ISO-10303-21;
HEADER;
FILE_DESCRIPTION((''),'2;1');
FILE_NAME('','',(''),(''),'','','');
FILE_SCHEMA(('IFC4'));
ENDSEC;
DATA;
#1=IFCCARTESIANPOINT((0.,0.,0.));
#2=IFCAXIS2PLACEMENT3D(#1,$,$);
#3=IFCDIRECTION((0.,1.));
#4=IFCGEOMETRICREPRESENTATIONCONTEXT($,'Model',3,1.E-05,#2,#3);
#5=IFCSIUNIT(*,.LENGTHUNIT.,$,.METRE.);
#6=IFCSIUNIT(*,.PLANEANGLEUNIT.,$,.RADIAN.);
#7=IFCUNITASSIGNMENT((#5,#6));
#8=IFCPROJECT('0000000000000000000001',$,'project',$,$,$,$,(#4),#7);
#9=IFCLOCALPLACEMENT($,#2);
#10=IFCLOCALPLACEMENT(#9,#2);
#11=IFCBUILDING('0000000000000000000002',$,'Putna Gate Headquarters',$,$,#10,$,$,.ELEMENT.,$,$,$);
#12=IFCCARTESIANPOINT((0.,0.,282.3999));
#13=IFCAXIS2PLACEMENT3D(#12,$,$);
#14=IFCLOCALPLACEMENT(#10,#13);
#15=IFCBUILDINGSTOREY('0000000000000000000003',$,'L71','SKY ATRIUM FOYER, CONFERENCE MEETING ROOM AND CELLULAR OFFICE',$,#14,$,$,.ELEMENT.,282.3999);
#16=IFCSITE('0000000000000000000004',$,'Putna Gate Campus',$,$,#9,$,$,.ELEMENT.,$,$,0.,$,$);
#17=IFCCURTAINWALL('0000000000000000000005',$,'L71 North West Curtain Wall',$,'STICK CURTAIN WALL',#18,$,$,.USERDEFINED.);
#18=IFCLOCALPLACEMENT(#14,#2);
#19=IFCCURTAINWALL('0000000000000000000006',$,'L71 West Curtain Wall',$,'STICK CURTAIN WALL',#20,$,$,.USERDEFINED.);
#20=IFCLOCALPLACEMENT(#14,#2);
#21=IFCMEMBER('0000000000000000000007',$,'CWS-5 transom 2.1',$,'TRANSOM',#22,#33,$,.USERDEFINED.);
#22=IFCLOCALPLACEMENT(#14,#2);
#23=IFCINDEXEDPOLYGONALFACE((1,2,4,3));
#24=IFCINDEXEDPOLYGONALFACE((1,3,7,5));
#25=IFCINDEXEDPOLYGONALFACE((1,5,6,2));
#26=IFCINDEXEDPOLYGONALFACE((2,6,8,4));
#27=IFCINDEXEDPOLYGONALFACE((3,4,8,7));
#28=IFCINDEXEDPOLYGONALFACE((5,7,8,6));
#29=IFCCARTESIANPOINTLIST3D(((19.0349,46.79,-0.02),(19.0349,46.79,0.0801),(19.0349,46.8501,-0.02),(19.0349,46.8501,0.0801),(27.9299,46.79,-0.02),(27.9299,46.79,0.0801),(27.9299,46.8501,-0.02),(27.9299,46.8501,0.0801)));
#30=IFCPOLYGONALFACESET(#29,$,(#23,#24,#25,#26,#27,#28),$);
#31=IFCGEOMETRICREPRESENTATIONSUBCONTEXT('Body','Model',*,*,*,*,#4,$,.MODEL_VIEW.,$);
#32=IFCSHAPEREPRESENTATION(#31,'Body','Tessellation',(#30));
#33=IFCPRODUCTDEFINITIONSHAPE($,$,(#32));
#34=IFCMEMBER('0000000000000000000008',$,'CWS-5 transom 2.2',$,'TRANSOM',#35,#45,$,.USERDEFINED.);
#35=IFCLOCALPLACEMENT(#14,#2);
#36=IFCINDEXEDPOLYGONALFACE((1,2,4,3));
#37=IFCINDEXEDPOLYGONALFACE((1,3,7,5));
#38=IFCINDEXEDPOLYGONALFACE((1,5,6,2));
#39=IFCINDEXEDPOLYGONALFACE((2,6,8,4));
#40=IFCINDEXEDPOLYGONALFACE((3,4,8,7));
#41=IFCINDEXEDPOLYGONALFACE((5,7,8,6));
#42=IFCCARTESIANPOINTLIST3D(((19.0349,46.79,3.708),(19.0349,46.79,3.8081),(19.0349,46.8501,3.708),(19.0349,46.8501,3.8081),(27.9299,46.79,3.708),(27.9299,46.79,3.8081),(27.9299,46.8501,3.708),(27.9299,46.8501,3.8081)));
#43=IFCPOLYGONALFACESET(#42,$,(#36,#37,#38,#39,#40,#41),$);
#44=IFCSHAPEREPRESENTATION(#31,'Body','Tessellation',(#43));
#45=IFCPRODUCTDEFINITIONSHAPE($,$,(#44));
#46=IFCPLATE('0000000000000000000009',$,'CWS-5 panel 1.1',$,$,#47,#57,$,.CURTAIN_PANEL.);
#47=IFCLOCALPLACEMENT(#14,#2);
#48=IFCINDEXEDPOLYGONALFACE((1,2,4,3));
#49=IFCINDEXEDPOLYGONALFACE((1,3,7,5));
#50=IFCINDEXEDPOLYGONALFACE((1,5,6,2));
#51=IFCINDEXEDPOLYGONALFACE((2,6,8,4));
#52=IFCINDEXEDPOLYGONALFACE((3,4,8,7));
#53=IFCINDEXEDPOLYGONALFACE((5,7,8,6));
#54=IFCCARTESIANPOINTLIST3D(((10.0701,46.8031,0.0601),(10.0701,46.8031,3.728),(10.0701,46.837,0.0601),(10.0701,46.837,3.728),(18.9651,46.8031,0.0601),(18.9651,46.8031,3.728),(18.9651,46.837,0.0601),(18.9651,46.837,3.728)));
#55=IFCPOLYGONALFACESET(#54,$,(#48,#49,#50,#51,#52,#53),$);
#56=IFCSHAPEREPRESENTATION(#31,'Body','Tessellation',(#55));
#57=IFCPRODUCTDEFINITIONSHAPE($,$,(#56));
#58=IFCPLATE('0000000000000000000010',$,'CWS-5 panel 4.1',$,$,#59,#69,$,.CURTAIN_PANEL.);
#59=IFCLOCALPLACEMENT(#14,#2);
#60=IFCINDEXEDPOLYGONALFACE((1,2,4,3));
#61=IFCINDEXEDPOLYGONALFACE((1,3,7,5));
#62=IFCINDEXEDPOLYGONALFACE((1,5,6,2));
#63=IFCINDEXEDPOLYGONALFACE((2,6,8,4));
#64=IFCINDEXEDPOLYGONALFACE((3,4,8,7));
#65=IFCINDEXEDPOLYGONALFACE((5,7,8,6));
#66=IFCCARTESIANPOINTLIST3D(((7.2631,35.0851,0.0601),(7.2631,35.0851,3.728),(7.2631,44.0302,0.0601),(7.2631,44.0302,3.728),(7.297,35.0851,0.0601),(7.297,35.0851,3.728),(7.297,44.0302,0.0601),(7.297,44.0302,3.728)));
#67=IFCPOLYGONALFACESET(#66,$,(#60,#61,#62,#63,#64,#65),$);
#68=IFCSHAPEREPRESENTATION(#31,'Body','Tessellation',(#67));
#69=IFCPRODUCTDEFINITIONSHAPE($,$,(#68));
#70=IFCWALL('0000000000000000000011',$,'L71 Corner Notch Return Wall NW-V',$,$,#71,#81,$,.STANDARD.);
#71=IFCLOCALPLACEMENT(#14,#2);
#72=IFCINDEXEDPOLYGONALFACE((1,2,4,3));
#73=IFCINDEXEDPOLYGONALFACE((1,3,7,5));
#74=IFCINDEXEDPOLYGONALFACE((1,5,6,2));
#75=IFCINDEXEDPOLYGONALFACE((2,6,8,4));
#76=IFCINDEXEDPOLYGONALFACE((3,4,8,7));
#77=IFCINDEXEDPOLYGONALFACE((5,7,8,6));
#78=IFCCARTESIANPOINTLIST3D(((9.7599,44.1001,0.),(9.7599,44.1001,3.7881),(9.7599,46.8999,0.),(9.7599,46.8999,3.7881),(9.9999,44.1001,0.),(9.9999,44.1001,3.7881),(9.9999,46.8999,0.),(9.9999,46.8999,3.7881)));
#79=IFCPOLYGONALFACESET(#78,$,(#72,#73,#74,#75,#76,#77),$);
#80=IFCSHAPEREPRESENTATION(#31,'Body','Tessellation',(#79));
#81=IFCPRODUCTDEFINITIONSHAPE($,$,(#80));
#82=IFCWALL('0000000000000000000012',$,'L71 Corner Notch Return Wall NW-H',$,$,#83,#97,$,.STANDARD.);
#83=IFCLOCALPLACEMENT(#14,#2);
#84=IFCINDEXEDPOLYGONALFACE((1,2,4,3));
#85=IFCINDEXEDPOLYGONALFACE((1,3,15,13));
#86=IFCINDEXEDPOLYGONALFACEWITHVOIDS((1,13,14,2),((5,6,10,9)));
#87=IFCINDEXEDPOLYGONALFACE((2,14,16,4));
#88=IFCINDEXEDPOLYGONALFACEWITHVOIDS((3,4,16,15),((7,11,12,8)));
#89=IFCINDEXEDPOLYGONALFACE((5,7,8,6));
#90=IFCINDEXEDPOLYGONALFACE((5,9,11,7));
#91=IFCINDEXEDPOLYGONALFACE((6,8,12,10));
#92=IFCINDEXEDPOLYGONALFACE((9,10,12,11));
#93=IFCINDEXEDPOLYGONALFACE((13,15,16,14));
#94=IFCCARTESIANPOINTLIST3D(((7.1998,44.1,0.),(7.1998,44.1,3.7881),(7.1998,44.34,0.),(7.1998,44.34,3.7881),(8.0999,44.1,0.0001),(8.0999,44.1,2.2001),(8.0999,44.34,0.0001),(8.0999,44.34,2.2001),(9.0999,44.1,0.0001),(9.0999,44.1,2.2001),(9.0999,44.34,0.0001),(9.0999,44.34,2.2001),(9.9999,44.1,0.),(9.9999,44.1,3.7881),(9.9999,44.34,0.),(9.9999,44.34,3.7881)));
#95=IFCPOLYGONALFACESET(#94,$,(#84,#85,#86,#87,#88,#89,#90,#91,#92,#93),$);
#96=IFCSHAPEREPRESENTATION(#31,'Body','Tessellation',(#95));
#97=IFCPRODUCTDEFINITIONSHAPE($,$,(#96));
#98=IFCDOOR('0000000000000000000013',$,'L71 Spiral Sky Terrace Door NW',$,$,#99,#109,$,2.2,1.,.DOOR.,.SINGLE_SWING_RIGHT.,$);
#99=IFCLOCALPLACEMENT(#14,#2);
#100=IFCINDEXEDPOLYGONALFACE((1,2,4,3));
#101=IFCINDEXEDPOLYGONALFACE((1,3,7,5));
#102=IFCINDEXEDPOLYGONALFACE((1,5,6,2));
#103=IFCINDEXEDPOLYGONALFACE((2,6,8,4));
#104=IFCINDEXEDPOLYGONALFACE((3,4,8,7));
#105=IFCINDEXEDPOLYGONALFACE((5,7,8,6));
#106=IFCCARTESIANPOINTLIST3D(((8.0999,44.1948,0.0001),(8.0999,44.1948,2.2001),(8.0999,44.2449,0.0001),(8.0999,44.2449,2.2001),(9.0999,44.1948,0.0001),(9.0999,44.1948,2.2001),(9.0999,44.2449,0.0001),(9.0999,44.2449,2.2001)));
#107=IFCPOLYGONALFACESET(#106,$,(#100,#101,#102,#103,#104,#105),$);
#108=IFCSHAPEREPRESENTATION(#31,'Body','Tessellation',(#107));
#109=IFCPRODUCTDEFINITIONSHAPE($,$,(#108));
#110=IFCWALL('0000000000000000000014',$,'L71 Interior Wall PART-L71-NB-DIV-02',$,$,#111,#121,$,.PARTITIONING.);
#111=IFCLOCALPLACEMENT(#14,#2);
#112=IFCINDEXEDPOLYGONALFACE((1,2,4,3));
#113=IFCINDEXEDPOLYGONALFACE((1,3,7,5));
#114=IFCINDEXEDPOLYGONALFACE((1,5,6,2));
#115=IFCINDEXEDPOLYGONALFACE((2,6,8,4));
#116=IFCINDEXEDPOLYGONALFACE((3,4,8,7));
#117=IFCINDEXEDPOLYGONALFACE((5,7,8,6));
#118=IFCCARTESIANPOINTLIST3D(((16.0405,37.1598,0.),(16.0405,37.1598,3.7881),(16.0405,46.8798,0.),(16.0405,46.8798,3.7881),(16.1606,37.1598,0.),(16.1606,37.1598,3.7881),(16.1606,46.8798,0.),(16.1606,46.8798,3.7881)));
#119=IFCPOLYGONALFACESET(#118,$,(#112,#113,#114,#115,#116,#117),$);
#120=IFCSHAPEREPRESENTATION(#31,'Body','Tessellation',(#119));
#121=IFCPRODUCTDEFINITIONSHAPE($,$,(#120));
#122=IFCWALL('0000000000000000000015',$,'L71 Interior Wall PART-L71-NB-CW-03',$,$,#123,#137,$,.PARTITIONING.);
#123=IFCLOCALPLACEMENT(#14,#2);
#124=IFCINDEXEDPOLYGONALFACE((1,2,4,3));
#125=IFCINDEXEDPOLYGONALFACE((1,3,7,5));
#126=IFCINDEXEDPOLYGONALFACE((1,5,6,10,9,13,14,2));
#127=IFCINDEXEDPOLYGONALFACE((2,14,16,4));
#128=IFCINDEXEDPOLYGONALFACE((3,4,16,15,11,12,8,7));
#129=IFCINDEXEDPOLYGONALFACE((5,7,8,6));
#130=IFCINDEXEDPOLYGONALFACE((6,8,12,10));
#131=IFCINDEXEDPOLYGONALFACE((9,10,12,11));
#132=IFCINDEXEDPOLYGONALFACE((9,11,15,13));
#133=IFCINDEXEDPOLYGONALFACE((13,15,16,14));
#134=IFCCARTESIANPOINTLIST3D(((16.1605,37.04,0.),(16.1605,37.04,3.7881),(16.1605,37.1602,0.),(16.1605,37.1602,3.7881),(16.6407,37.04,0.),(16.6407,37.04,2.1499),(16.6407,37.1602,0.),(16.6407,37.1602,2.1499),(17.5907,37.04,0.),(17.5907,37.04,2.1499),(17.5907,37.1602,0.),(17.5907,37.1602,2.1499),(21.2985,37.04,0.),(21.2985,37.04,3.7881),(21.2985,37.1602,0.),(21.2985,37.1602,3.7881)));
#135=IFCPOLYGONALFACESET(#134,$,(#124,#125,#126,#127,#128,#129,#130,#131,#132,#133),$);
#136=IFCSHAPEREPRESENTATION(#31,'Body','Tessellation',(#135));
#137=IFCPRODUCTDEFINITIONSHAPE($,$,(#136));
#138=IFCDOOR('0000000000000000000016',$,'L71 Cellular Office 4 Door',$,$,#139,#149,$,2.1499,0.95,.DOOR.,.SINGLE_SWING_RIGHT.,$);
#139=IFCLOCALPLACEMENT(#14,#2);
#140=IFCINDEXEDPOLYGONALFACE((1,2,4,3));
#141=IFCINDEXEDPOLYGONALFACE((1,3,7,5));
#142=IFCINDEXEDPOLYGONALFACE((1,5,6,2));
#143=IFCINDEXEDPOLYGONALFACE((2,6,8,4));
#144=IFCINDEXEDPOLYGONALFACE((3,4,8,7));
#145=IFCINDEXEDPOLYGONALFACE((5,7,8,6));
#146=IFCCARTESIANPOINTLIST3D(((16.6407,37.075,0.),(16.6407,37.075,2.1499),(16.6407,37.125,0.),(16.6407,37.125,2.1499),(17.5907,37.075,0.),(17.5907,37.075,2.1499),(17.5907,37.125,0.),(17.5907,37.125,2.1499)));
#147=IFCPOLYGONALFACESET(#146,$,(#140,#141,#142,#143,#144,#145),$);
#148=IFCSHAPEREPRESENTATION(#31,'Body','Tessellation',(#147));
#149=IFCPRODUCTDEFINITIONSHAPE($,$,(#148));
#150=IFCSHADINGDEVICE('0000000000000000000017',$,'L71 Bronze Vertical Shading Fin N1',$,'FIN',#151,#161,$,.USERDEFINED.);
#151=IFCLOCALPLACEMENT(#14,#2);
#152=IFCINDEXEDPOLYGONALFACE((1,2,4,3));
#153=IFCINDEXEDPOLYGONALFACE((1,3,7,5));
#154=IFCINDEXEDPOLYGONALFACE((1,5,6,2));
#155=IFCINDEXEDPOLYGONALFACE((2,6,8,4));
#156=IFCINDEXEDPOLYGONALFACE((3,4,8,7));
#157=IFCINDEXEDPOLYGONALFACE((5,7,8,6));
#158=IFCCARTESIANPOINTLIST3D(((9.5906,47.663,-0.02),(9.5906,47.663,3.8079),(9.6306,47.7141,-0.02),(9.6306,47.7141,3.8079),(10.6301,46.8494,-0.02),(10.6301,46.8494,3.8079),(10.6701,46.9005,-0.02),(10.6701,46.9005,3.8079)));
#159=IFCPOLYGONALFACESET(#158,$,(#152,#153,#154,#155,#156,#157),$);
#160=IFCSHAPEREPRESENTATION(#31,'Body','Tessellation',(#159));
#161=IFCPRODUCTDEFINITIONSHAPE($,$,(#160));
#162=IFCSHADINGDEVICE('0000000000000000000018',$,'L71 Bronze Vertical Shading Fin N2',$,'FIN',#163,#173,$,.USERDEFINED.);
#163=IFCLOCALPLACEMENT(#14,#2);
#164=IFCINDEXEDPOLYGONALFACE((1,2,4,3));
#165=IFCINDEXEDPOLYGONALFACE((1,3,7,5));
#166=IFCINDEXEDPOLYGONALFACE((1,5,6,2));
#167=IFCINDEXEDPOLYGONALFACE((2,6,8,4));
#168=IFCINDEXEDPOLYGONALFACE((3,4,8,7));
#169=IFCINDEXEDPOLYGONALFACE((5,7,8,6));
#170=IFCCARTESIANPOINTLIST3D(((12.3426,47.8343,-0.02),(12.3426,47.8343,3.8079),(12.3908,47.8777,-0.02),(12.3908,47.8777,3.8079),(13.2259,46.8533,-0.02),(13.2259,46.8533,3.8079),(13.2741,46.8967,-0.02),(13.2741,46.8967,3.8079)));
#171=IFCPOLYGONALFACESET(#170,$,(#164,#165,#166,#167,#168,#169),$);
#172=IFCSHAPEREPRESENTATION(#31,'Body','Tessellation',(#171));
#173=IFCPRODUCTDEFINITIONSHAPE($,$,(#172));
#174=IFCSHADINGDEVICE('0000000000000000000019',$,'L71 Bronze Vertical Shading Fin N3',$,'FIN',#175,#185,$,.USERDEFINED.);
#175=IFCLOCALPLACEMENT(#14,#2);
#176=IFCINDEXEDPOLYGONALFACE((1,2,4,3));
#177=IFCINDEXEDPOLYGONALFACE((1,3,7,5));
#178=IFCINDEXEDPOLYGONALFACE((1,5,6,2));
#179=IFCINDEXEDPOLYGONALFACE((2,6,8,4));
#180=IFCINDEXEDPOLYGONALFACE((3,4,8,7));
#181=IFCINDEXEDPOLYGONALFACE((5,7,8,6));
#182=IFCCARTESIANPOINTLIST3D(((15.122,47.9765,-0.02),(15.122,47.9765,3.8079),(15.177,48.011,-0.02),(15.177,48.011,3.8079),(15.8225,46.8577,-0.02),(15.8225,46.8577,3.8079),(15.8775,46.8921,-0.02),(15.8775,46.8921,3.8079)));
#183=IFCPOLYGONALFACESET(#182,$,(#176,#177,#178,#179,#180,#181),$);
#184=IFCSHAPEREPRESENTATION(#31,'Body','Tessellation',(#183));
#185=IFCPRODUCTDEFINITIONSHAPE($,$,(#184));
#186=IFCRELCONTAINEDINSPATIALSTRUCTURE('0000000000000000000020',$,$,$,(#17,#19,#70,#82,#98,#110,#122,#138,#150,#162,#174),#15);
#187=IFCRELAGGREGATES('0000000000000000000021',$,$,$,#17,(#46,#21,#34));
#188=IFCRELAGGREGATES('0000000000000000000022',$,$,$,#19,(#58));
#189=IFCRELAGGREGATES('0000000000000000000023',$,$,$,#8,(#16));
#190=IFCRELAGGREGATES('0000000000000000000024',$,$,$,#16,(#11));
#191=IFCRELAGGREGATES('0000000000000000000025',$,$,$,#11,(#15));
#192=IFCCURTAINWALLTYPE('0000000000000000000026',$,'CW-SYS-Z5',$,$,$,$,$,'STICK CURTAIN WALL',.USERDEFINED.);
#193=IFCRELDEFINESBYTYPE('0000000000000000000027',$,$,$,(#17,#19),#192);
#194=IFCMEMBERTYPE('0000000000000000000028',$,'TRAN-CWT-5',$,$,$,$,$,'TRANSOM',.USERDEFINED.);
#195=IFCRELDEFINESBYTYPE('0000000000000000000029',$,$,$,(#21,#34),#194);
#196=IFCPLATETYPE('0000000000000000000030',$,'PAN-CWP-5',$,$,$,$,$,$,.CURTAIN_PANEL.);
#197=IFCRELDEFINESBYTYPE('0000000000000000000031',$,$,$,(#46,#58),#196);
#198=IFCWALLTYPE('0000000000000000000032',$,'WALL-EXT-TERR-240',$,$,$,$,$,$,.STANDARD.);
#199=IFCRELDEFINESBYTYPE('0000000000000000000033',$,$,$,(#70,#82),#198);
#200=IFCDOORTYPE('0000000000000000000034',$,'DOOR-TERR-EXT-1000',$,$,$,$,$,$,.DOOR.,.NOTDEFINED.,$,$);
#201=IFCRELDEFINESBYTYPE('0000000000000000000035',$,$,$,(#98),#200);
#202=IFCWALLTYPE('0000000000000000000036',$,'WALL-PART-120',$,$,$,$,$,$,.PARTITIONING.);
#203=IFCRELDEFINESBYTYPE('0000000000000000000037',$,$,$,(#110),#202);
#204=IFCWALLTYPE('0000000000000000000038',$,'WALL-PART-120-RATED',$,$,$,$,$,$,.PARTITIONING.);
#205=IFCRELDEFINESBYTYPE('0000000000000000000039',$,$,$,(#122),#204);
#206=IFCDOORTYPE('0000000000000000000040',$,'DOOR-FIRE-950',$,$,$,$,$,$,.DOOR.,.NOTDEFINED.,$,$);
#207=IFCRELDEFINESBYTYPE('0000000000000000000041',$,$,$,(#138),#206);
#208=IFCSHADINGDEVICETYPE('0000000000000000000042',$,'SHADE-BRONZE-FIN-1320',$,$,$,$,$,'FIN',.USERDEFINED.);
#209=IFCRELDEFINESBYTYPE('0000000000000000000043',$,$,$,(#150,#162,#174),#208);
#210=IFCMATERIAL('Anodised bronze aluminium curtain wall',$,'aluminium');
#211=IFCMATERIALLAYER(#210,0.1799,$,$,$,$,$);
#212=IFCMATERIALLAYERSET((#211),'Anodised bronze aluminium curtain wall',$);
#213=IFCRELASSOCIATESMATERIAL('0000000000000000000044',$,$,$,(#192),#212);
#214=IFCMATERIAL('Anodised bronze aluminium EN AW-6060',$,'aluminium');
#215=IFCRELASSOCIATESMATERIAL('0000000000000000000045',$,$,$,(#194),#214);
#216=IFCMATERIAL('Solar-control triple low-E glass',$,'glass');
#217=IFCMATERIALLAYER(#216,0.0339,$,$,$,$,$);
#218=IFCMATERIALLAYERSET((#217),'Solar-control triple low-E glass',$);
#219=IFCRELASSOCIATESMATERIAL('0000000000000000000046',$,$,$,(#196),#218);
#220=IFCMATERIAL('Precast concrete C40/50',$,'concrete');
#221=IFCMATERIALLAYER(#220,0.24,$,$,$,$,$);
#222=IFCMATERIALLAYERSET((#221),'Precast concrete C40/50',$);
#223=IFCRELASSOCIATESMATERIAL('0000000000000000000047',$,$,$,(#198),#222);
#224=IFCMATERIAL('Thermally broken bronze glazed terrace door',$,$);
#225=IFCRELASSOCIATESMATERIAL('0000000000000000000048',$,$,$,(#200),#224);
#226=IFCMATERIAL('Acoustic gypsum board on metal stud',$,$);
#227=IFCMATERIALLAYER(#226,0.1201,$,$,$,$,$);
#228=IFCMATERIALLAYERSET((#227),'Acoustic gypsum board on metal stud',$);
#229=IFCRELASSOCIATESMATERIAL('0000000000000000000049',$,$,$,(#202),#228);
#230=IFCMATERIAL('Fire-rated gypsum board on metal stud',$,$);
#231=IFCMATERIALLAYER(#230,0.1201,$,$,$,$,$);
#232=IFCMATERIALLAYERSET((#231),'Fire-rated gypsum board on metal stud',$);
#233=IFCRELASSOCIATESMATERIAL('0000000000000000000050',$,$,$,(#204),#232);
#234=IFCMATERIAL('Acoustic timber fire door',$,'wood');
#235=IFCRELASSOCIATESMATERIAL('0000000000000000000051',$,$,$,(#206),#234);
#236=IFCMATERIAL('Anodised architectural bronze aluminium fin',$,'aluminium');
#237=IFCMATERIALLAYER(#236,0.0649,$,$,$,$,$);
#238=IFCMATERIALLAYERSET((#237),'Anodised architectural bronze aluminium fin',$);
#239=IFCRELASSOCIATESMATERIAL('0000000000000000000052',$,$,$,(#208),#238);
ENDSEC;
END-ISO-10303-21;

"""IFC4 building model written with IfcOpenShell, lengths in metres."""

from ifc_helpers import new_model, si_unit, direction, frame, frame_2d, origin, origin_2d, place, context, subcontext, project, spatial, rectangle, extrude, material, layer, layer_set, material_profile, profile_set, type_object, element, fill, aggregate, save


model = new_model("IFC4")

# Units and contexts
model_context = context("Model", 3, precision=1e-05, world=origin(), true_north=direction((0.0, 1.0)))
body_context = subcontext(model_context, "Body", "Model", "MODEL_VIEW")
ifc_project = project(units=[si_unit("LENGTHUNIT", "METRE"), si_unit("PLANEANGLEUNIT", "RADIAN")], contexts=[model_context])

# Site, building, storey
site_placement = place(None, origin())
site = spatial("IfcSite", under=ifc_project, at=site_placement, Name="Putna Gate Campus", CompositionType="ELEMENT", RefElevation=0.0)
building_placement = place(site_placement, origin())
building = spatial("IfcBuilding", under=site, at=building_placement, Name="Putna Gate Headquarters", CompositionType="ELEMENT")
storey_placement = place(building_placement, frame((0.0, 0.0, 282.3999)))
storey = spatial("IfcBuildingStorey", under=building, at=storey_placement, Name="L71", Description="SKY ATRIUM FOYER, CONFERENCE MEETING ROOM AND CELLULAR OFFICE", CompositionType="ELEMENT", Elevation=282.3999)

# Curtain wall
ifc_material_1 = material(Name="Anodised bronze aluminium curtain wall", Category="aluminium")
ifc_layer_1 = layer(ifc_material_1, 0.1799)
ifc_layer_set_1 = layer_set([ifc_layer_1], Name="Anodised bronze aluminium curtain wall")
curtain_wall_type = type_object("IfcCurtainWallType", Name="CW-SYS-Z5", ElementType="STICK CURTAIN WALL", PredefinedType="USERDEFINED", material=ifc_layer_set_1)
curtain_wall_1_placement = place(storey_placement, origin())
curtain_wall_1 = element("IfcCurtainWall", 1, at=curtain_wall_1_placement, inside=storey, type_object=curtain_wall_type, Name="L71 North West Curtain Wall", ObjectType="STICK CURTAIN WALL", PredefinedType="USERDEFINED")
ifc_material_2 = material(Name="Anodised bronze aluminium EN AW-6060", Category="aluminium")

# Curtain wall
curtain_wall_2_placement = place(storey_placement, origin())
curtain_wall_2 = element("IfcCurtainWall", 2, at=curtain_wall_2_placement, inside=storey, type_object=curtain_wall_type, Name="L71 West Curtain Wall", ObjectType="STICK CURTAIN WALL", PredefinedType="USERDEFINED")

# Members
ifc_material_profile_1 = material_profile(ifc_material_2, rectangle(XDim=0.0601, YDim=0.1001, at=origin_2d()), Name="Anodised bronze aluminium EN AW-6060")
ifc_profile_set_1 = profile_set([ifc_material_profile_1], Name="Anodised bronze aluminium EN AW-6060")
member_type_1 = type_object("IfcMemberType", Name="TRAN-CWT-5", ElementType="TRANSOM", PredefinedType="USERDEFINED", material=ifc_profile_set_1)
member_1_placement = place(storey_placement, frame((19.0349, 46.8201, 0.03), z_axis=(1.0, 0.0, 0.0), x_axis=(0.0, 1.0, 0.0)))
member_1 = element("IfcMember", 3, at=member_1_placement, type_object=member_type_1, Name="CWS-5 transom 2.1", ObjectType="TRANSOM", PredefinedType="USERDEFINED", context=body_context, shape_type="SweptSolid", body=[
    extrude(rectangle(XDim=0.0601, YDim=0.1001, at=origin_2d()), origin(), (0.0, 0.0, 1.0), 8.895),
])
member_2_placement = place(storey_placement, frame((19.0349, 46.8201, 3.7581), z_axis=(1.0, 0.0, 0.0), x_axis=(0.0, 1.0, 0.0)))
member_2 = element("IfcMember", 4, at=member_2_placement, type_object=member_type_1, Name="CWS-5 transom 2.2", ObjectType="TRANSOM", PredefinedType="USERDEFINED", context=body_context, shape_type="SweptSolid", body=[
    extrude(rectangle(XDim=0.0601, YDim=0.1001, at=origin_2d()), origin(), (0.0, 0.0, 1.0), 8.895),
])

# Plates
ifc_material_3 = material(Name="Solar-control triple low-E glass", Category="glass")
ifc_layer_2 = layer(ifc_material_3, 0.0339)
ifc_layer_set_2 = layer_set([ifc_layer_2], Name="Solar-control triple low-E glass")
plate_type = type_object("IfcPlateType", Name="PAN-CWP-5", PredefinedType="CURTAIN_PANEL", material=ifc_layer_set_2)
plate_1_placement = place(storey_placement, frame((14.5176, 46.8201, 0.0601), z_axis=(0.0, 0.0, 1.0), x_axis=(1.0, 0.0, 0.0)))
plate_1 = element("IfcPlate", 5, at=plate_1_placement, type_object=plate_type, Name="CWS-5 panel 1.1", PredefinedType="CURTAIN_PANEL", context=body_context, shape_type="SweptSolid", body=[
    extrude(rectangle(XDim=8.895, YDim=0.0339, at=origin_2d()), origin(), (0.0, 0.0, 1.0), 3.668),
])
aggregate(curtain_wall_1, [plate_1, member_1, member_2])
plate_2_placement = place(storey_placement, frame((7.28, 39.5576, 0.0601), z_axis=(0.0, 0.0, 1.0), x_axis=(0.0, 1.0, 0.0)))
plate_2 = element("IfcPlate", 6, at=plate_2_placement, type_object=plate_type, Name="CWS-5 panel 4.1", PredefinedType="CURTAIN_PANEL", context=body_context, shape_type="SweptSolid", body=[
    extrude(rectangle(XDim=8.9451, YDim=0.0339, at=origin_2d()), origin(), (0.0, 0.0, 1.0), 3.668),
])
aggregate(curtain_wall_2, [plate_2])

# Wall
ifc_material_4 = material(Name="Precast concrete C40/50", Category="concrete")
ifc_layer_3 = layer(ifc_material_4, 0.24)
ifc_layer_set_3 = layer_set([ifc_layer_3], Name="Precast concrete C40/50")
wall_type_1 = type_object("IfcWallType", Name="WALL-EXT-TERR-240", PredefinedType="STANDARD", material=ifc_layer_set_3)
wall_1_placement = place(storey_placement, frame((9.8799, 44.1001, 0.0), z_axis=(0.0, 0.0, 1.0), x_axis=(0.0, 1.0, 0.0)))
element("IfcWall", 7, at=wall_1_placement, inside=storey, type_object=wall_type_1, Name="L71 Corner Notch Return Wall NW-V", PredefinedType="STANDARD", context=body_context, shape_type="SweptSolid", body=[
    extrude(rectangle(XDim=2.7998, YDim=0.24, at=frame_2d((1.3999, 0.0))), origin(), (0.0, 0.0, 1.0), 3.7881),
])

# Wall, opening, door
wall_2_placement = place(storey_placement, frame((7.2, 44.22, 0.0), z_axis=(0.0, 0.0, 1.0), x_axis=(1.0, 0.0, 0.0)))
wall_2 = element("IfcWall", 8, at=wall_2_placement, inside=storey, type_object=wall_type_1, Name="L71 Corner Notch Return Wall NW-H", PredefinedType="STANDARD", context=body_context, shape_type="SweptSolid", body=[
    extrude(rectangle(XDim=2.8, YDim=0.24, at=frame_2d((1.3999, 0.0))), origin(), (0.0, 0.0, 1.0), 3.7881),
])
opening_1_placement = place(wall_2_placement, frame((0.8999, 0.0, 0.0)))
opening_1 = element("IfcOpeningElement", 9, at=opening_1_placement, cuts=wall_2, PredefinedType="OPENING", context=body_context, shape_type="SweptSolid", body=[
    extrude(rectangle(XDim=1.0, YDim=2.2, at=frame_2d((0.5, 1.1001))), frame((0.0, 0.1299, 0.0), z_axis=(0.0, -1.0, 0.0), x_axis=(1.0, 0.0, 0.0)), (0.0, 0.0, 1.0), 0.26),
])
ifc_material_5 = material(Name="Thermally broken bronze glazed terrace door")
door_type_1 = type_object("IfcDoorType", Name="DOOR-TERR-EXT-1000", OperationType="NOTDEFINED", PredefinedType="DOOR", material=ifc_material_5)
door_1_placement = place(opening_1_placement, origin())
door_1 = element("IfcDoor", 10, at=door_1_placement, inside=storey, type_object=door_type_1, Name="L71 Spiral Sky Terrace Door NW", OperationType="SINGLE_SWING_RIGHT", OverallHeight=2.2, OverallWidth=1.0, PredefinedType="DOOR", context=body_context, shape_type="SweptSolid", body=[
    extrude(rectangle(XDim=1.0, YDim=2.2, at=frame_2d((0.5, 1.1001))), frame((0.0, 0.0249, 0.0), z_axis=(0.0, -1.0, 0.0), x_axis=(1.0, 0.0, 0.0)), (0.0, 0.0, 1.0), 0.05),
])
fill(opening_1, door_1)

# Wall
ifc_material_6 = material(Name="Acoustic gypsum board on metal stud")
ifc_layer_4 = layer(ifc_material_6, 0.1201)
ifc_layer_set_4 = layer_set([ifc_layer_4], Name="Acoustic gypsum board on metal stud")
wall_type_2 = type_object("IfcWallType", Name="WALL-PART-120", PredefinedType="PARTITIONING", material=ifc_layer_set_4)
wall_3_placement = place(storey_placement, frame((16.1006, 37.1599, 0.0), z_axis=(0.0, 0.0, 1.0), x_axis=(0.0, 1.0, 0.0)))
element("IfcWall", 11, at=wall_3_placement, inside=storey, type_object=wall_type_2, Name="L71 Interior Wall PART-L71-NB-DIV-02", PredefinedType="PARTITIONING", context=body_context, shape_type="SweptSolid", body=[
    extrude(rectangle(XDim=9.72, YDim=0.1201, at=frame_2d((4.8599, 0.0))), origin(), (0.0, 0.0, 1.0), 3.7881),
])

# Wall, opening, door
ifc_material_7 = material(Name="Fire-rated gypsum board on metal stud")
ifc_layer_5 = layer(ifc_material_7, 0.1201)
ifc_layer_set_5 = layer_set([ifc_layer_5], Name="Fire-rated gypsum board on metal stud")
wall_type_3 = type_object("IfcWallType", Name="WALL-PART-120-RATED", PredefinedType="PARTITIONING", material=ifc_layer_set_5)
wall_4_placement = place(storey_placement, frame((16.1606, 37.1001, 0.0), z_axis=(0.0, 0.0, 1.0), x_axis=(1.0, 0.0, 0.0)))
wall_4 = element("IfcWall", 12, at=wall_4_placement, inside=storey, type_object=wall_type_3, Name="L71 Interior Wall PART-L71-NB-CW-03", PredefinedType="PARTITIONING", context=body_context, shape_type="SweptSolid", body=[
    extrude(rectangle(XDim=5.1379, YDim=0.1201, at=frame_2d((2.5688, 0.0))), origin(), (0.0, 0.0, 1.0), 3.7881),
])
opening_2_placement = place(wall_4_placement, frame((0.48, 0.0, 0.0)))
opening_2 = element("IfcOpeningElement", 13, at=opening_2_placement, cuts=wall_4, PredefinedType="OPENING", context=body_context, shape_type="SweptSolid", body=[
    extrude(rectangle(XDim=0.95, YDim=2.1499, at=frame_2d((0.4751, 1.075))), frame((0.0, 0.0701, 0.0), z_axis=(0.0, -1.0, 0.0), x_axis=(1.0, 0.0, 0.0)), (0.0, 0.0, 1.0), 0.1401),
])
ifc_material_8 = material(Name="Acoustic timber fire door", Category="wood")
door_type_2 = type_object("IfcDoorType", Name="DOOR-FIRE-950", OperationType="NOTDEFINED", PredefinedType="DOOR", material=ifc_material_8)
door_2_placement = place(opening_2_placement, origin())
door_2 = element("IfcDoor", 14, at=door_2_placement, inside=storey, type_object=door_type_2, Name="L71 Cellular Office 4 Door", OperationType="SINGLE_SWING_RIGHT", OverallHeight=2.1499, OverallWidth=0.95, PredefinedType="DOOR", context=body_context, shape_type="SweptSolid", body=[
    extrude(rectangle(XDim=0.95, YDim=2.1499, at=frame_2d((0.4751, 1.075))), frame((0.0, 0.0249, 0.0), z_axis=(0.0, -1.0, 0.0), x_axis=(1.0, 0.0, 0.0)), (0.0, 0.0, 1.0), 0.05),
])
fill(opening_2, door_2)

# Shading devices
ifc_material_9 = material(Name="Anodised architectural bronze aluminium fin", Category="aluminium")
ifc_layer_6 = layer(ifc_material_9, 0.0649)
ifc_layer_set_6 = layer_set([ifc_layer_6], Name="Anodised architectural bronze aluminium fin")
shading_device_type = type_object("IfcShadingDeviceType", Name="SHADE-BRONZE-FIN-1320", ElementType="FIN", PredefinedType="USERDEFINED", material=ifc_layer_set_6)
for number, where, z_axis, x_axis, name in (
    (15, (10.1304, 47.2817, -0.02), (0.0, 0.0, 1.0), (-0.787473, 0.616349, 0.0), "L71 Bronze Vertical Shading Fin N1"),
    (16, (12.8083, 47.3655, -0.02), (0.0, 0.0, 1.0), (-0.669131, 0.743145, 0.0), "L71 Bronze Vertical Shading Fin N2"),
    (17, (15.4998, 47.4343, -0.02), (0.0, 0.0, 1.0), (-0.530659, 0.847585, 0.0), "L71 Bronze Vertical Shading Fin N3"),
):
    element("IfcShadingDevice", number, at=place(storey_placement, frame(where, z_axis=z_axis, x_axis=x_axis)), inside=storey, type_object=shading_device_type, Name=name, ObjectType="FIN", PredefinedType="USERDEFINED", context=body_context, shape_type="SweptSolid", body=[
        extrude(rectangle(XDim=1.3201, YDim=0.0649, at=origin_2d()), origin(), (0.0, 0.0, 1.0), 3.8279),
    ])

save(model, "model.ifc")
